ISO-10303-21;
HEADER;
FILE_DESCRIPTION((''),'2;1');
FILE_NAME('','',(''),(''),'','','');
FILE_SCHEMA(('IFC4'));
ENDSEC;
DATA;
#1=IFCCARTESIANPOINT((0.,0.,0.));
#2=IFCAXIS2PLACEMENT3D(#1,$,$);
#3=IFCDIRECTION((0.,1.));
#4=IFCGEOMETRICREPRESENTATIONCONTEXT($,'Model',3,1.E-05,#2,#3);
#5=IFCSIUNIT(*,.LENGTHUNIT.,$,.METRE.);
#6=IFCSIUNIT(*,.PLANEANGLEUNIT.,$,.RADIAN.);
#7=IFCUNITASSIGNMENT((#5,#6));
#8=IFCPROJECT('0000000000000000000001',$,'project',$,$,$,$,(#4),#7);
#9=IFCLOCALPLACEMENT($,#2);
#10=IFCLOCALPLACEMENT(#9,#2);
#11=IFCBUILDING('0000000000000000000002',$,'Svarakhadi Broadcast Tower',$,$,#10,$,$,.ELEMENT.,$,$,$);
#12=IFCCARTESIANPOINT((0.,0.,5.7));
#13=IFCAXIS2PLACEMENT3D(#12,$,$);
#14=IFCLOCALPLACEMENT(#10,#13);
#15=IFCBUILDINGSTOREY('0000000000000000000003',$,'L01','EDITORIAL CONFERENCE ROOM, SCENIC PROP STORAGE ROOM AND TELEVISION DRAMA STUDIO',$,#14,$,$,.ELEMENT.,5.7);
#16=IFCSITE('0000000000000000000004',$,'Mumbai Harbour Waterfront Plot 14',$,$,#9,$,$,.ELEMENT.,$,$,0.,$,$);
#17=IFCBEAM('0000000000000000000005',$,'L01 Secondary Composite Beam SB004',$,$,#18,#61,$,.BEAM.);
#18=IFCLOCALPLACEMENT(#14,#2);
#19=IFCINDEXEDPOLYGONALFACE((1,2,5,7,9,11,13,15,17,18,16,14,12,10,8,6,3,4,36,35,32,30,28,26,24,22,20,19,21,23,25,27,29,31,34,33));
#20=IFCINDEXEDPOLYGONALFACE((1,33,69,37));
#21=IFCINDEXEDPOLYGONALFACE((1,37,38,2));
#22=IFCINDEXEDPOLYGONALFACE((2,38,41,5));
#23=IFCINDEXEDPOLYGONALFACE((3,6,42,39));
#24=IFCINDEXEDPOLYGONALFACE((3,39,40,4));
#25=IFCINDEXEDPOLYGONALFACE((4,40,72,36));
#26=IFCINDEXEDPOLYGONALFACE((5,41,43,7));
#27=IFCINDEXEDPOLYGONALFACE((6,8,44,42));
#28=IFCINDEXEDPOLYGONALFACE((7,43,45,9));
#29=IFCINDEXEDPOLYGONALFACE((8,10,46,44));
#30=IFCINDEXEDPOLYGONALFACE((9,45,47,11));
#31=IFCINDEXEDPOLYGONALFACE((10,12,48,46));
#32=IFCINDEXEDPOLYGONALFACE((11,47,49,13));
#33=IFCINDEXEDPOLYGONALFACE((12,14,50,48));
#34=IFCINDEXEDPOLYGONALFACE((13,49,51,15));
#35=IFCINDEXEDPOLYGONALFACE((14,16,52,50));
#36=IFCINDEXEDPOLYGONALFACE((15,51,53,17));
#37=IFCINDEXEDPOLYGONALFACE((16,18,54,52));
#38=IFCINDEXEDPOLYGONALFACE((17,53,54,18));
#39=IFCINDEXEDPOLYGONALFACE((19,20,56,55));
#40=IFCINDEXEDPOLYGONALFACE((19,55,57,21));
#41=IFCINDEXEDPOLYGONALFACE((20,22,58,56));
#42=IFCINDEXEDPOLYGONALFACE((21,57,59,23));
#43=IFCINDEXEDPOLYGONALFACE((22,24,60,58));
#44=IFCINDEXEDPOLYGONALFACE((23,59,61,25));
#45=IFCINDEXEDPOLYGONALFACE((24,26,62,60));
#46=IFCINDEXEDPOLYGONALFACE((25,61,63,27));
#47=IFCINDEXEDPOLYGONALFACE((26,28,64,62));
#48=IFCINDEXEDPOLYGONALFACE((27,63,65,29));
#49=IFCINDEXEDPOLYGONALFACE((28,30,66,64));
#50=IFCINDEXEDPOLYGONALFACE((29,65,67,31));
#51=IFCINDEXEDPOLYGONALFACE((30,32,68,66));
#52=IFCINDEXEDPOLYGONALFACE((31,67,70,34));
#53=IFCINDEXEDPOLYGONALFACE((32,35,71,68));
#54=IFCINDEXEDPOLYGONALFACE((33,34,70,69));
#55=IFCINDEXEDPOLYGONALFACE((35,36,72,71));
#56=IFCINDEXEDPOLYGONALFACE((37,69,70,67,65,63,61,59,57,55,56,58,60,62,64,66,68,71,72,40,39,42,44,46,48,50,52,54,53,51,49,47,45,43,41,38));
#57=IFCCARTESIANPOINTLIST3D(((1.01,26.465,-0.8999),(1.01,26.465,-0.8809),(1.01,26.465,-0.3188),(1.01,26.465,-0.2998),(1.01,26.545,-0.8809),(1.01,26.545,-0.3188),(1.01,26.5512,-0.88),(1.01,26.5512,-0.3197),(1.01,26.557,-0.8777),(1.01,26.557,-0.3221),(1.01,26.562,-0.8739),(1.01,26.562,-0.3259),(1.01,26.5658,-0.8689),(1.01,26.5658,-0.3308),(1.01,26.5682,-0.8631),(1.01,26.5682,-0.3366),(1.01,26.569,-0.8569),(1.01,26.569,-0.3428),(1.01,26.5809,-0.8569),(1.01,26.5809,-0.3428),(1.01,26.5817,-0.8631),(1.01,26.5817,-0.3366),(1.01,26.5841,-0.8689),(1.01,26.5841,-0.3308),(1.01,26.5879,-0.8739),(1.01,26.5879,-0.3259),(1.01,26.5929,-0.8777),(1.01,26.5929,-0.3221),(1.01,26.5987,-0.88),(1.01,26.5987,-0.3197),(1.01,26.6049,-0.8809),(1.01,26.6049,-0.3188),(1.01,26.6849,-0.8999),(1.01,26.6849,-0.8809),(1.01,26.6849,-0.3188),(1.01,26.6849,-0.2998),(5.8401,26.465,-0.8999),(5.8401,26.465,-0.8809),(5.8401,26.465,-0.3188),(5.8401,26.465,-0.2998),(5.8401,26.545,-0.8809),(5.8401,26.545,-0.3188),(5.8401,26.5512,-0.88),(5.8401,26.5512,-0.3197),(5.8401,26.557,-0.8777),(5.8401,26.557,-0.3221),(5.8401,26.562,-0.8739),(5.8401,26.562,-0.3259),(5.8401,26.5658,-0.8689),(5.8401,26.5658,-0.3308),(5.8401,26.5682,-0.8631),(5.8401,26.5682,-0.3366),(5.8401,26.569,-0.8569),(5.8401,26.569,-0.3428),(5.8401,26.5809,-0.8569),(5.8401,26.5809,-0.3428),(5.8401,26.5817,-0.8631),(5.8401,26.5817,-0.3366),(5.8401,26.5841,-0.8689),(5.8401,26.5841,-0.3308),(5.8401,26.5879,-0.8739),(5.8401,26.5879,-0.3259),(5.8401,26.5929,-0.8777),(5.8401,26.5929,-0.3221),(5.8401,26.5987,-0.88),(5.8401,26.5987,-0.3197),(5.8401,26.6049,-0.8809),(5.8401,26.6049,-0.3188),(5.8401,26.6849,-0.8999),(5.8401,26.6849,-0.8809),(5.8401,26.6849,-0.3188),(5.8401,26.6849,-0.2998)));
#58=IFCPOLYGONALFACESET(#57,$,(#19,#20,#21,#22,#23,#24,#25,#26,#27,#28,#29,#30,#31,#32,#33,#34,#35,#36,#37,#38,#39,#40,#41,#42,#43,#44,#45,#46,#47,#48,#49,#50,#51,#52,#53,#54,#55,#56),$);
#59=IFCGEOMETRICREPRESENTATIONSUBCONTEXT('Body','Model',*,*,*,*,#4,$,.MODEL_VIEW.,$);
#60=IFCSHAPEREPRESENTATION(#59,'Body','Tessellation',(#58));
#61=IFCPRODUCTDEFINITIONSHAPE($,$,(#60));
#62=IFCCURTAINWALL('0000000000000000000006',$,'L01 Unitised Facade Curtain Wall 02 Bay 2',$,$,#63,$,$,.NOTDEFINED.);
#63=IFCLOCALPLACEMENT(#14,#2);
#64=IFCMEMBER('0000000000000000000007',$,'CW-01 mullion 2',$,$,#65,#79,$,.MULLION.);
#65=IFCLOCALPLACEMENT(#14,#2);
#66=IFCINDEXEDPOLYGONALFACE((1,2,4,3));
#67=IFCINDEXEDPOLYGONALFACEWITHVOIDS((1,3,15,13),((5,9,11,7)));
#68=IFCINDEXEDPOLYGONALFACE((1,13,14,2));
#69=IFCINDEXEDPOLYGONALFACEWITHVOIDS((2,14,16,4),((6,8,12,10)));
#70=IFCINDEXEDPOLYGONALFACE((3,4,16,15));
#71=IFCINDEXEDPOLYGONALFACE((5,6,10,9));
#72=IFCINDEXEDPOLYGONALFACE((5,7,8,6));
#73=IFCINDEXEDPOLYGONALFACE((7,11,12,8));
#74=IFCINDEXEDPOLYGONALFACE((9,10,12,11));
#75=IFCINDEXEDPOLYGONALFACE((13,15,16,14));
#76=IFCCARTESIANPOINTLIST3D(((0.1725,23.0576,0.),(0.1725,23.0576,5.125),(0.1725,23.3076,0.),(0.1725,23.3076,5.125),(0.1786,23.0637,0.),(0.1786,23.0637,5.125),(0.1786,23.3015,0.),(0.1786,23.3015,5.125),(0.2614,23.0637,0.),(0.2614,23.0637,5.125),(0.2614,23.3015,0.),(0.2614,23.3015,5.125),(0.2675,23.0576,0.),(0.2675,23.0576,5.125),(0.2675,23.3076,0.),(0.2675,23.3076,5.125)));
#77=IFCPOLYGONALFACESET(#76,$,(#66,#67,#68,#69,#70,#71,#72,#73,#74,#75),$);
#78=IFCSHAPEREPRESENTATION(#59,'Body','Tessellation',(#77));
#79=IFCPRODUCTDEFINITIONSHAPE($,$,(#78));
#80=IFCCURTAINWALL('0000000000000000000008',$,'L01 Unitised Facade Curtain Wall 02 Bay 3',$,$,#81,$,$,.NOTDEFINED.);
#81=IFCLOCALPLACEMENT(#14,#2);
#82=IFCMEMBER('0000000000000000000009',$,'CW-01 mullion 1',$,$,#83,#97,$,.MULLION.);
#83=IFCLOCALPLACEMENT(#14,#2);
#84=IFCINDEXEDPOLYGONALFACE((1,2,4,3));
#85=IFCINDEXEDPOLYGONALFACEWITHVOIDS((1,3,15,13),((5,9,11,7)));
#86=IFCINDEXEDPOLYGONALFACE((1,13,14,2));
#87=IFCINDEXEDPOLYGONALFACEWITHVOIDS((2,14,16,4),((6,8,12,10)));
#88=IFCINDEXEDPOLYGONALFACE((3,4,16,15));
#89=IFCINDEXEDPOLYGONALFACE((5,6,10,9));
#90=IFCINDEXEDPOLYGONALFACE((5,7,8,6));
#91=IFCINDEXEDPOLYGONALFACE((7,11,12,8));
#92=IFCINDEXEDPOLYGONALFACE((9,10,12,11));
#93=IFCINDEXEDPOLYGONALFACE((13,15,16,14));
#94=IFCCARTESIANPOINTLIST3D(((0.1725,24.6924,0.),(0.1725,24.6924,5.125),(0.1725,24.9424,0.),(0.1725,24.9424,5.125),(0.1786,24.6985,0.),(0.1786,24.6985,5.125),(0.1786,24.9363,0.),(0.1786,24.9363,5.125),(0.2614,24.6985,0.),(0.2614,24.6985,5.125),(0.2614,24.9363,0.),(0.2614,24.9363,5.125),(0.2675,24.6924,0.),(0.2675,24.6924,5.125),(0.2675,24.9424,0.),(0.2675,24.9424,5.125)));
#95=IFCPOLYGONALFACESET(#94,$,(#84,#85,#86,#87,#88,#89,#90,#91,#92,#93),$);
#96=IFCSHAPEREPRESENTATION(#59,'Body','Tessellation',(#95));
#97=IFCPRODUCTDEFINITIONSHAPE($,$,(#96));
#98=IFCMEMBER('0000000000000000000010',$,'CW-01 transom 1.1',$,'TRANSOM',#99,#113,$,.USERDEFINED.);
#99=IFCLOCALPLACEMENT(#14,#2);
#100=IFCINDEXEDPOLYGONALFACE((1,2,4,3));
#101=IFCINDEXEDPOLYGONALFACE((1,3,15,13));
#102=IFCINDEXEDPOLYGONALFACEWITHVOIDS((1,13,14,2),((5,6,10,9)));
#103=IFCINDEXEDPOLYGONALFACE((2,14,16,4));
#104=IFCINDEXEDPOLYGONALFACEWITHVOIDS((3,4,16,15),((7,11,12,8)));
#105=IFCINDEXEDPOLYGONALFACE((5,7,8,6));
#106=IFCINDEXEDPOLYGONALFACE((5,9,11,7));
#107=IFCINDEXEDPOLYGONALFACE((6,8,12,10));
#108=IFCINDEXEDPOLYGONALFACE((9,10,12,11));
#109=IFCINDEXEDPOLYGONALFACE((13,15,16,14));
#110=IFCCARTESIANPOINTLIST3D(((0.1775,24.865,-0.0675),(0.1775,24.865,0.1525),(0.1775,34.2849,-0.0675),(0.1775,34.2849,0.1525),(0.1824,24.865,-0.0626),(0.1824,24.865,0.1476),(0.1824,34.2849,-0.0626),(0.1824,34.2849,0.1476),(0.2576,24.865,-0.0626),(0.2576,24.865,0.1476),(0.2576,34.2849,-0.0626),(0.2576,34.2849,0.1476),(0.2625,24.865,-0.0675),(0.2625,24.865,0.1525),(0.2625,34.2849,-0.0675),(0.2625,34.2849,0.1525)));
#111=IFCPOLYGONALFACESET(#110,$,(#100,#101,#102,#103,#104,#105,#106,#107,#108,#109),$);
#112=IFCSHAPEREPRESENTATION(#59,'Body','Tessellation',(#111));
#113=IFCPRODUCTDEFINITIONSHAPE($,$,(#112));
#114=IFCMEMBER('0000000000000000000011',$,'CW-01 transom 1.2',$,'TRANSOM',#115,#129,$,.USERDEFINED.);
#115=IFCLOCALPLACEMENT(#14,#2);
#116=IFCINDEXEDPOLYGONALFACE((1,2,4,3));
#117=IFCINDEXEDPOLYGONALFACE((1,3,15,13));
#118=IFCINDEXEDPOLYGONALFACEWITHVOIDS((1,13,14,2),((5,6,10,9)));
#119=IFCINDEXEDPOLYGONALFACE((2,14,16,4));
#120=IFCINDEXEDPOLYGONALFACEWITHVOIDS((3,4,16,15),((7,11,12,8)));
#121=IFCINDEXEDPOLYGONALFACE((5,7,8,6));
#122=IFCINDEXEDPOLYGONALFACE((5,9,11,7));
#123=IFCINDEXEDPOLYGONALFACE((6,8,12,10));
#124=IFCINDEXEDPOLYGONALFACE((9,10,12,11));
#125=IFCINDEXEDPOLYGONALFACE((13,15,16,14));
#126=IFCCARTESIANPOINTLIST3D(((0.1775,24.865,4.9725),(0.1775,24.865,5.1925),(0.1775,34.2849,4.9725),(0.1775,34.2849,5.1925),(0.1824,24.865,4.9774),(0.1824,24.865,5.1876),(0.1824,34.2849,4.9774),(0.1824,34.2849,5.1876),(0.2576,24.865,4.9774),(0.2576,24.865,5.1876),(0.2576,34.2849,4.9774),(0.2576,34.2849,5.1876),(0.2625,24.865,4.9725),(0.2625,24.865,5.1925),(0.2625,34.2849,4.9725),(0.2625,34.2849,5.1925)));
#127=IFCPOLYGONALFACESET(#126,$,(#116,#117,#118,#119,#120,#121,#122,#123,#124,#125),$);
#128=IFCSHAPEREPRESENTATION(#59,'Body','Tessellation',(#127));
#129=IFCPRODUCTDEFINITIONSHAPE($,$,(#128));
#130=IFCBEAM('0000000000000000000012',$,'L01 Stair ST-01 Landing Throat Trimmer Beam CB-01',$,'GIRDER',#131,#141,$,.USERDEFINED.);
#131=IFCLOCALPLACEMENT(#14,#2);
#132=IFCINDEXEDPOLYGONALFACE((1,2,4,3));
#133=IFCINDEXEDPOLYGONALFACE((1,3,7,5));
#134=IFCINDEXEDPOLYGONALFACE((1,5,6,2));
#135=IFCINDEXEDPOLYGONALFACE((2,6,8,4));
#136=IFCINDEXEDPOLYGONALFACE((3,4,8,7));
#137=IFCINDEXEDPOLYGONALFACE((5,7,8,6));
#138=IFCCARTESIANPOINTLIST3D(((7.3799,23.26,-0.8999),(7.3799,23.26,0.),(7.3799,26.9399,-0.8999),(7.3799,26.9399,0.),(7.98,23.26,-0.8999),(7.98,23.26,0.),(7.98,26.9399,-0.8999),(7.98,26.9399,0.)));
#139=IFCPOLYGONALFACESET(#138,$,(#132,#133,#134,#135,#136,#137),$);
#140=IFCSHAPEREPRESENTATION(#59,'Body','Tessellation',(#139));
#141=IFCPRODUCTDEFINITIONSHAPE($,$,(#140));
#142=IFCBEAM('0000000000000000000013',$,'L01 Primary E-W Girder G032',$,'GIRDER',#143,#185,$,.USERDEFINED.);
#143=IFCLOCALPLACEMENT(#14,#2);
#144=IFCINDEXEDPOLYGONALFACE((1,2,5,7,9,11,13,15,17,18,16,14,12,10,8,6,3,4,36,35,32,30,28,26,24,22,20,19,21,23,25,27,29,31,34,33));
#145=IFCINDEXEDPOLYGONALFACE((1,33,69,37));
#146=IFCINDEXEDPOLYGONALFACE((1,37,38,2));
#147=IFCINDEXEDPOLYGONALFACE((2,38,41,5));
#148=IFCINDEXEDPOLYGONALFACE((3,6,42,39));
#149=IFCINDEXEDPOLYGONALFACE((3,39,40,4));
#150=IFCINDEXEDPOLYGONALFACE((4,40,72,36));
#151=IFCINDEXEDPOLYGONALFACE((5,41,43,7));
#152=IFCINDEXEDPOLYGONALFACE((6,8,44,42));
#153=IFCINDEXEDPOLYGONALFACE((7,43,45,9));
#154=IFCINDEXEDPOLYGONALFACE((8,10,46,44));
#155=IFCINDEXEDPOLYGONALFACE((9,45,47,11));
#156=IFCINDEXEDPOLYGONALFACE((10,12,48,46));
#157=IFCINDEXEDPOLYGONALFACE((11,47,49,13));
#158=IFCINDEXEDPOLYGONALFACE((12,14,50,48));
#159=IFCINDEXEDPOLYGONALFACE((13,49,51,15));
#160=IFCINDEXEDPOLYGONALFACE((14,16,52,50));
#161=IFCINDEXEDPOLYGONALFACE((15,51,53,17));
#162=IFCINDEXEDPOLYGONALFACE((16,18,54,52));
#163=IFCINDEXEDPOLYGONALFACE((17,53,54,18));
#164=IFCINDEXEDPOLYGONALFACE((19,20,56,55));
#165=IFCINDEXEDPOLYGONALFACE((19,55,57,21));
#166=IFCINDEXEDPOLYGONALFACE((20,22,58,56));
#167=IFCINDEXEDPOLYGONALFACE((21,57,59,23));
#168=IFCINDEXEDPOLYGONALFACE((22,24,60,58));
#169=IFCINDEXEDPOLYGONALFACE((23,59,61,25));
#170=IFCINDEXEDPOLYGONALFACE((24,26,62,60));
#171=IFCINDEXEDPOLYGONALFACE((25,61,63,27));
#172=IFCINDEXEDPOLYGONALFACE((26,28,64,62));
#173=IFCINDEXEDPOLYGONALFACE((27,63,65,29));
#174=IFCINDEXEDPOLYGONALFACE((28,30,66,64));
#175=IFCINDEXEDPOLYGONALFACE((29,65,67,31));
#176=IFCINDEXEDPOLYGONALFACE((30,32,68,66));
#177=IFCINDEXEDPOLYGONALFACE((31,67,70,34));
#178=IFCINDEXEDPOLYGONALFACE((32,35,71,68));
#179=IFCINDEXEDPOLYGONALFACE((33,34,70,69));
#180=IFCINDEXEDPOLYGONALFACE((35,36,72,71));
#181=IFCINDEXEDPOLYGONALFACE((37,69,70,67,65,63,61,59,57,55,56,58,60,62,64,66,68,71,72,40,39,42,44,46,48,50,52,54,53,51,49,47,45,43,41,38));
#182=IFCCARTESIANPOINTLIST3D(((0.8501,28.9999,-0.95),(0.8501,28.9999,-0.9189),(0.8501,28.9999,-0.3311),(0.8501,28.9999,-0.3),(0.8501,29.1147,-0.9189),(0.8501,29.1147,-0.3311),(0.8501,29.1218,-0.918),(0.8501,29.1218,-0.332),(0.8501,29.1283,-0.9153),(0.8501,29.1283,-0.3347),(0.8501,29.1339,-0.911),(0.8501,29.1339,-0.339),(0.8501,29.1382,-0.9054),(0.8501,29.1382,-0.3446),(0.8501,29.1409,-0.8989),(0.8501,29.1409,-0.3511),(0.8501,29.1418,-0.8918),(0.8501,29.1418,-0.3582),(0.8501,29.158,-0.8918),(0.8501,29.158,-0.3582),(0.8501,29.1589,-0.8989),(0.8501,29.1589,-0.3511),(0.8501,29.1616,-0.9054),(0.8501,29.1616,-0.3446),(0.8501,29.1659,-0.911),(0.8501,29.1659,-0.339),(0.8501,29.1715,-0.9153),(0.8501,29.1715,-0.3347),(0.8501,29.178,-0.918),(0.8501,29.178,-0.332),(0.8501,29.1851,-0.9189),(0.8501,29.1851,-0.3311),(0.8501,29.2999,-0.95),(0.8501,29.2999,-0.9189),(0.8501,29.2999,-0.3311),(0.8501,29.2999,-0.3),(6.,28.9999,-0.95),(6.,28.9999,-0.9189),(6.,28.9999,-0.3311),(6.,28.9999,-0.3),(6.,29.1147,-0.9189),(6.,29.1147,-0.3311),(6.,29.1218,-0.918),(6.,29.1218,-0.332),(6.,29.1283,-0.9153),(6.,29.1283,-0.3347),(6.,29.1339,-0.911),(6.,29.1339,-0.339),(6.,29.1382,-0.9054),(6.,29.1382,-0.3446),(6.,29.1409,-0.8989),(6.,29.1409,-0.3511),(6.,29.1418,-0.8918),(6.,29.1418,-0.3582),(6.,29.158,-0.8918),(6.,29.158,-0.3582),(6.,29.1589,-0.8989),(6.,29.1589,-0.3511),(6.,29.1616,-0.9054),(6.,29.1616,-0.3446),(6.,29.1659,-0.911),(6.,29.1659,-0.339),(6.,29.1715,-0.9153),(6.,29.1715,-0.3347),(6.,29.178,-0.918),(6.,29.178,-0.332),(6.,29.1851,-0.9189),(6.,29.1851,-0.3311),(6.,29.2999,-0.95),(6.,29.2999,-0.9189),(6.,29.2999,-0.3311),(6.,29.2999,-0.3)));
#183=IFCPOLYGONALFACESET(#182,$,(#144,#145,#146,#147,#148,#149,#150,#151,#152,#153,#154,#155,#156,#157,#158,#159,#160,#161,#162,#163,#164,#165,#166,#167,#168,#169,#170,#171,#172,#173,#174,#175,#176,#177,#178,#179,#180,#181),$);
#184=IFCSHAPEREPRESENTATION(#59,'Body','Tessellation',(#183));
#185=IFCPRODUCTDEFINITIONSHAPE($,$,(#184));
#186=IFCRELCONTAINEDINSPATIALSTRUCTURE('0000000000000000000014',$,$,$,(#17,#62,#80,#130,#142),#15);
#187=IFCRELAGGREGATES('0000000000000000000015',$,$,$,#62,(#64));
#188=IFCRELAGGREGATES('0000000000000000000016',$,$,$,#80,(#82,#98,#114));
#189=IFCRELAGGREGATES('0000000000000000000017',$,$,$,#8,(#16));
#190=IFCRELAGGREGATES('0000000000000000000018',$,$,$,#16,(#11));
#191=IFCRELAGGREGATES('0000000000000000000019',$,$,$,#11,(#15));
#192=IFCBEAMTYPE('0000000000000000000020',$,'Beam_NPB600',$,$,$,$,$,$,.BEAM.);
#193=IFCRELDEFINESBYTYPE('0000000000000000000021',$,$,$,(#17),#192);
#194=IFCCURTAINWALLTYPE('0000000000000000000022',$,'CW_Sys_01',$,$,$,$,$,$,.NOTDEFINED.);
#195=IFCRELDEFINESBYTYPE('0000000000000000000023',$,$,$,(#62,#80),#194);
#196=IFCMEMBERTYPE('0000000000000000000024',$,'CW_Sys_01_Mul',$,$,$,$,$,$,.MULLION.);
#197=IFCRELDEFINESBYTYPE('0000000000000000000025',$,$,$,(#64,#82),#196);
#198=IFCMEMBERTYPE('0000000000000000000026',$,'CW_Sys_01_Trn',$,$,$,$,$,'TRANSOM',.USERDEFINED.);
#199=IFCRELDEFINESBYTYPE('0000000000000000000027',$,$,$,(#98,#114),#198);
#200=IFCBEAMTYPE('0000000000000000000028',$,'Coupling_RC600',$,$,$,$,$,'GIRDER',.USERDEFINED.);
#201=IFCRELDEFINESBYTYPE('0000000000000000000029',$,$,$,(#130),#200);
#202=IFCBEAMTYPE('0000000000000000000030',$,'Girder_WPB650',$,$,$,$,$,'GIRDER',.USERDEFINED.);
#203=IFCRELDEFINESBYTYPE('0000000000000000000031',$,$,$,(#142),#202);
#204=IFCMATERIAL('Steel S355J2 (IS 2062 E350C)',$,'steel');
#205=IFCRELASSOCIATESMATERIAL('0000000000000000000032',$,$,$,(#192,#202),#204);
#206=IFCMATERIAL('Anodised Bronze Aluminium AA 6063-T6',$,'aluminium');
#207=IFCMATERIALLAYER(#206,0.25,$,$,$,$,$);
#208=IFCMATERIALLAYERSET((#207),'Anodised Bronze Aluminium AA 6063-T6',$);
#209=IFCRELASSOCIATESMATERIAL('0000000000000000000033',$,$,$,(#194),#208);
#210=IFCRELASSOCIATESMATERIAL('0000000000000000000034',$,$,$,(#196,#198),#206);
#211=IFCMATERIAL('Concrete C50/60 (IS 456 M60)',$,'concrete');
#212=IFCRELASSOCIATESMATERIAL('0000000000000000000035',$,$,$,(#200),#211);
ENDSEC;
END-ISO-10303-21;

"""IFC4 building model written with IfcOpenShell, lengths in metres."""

from ifc_helpers import new_model, si_unit, direction, frame, origin, origin_2d, place, context, subcontext, project, spatial, rectangle, hollow_rectangle, i_section, extrude, material, layer, layer_set, material_profile, profile_set, type_object, element, aggregate, save


model = new_model("IFC4")

# Units and contexts
model_context = context("Model", 3, precision=1e-05, world=origin(), true_north=direction((0.0, 1.0)))
body_context = subcontext(model_context, "Body", "Model", "MODEL_VIEW")
ifc_project = project(units=[si_unit("LENGTHUNIT", "METRE"), si_unit("PLANEANGLEUNIT", "RADIAN")], contexts=[model_context])

# Site, building, storey
site_placement = place(None, origin())
site = spatial("IfcSite", under=ifc_project, at=site_placement, Name="Mumbai Harbour Waterfront Plot 14", CompositionType="ELEMENT", RefElevation=0.0)
building_placement = place(site_placement, origin())
building = spatial("IfcBuilding", under=site, at=building_placement, Name="Svarakhadi Broadcast Tower", CompositionType="ELEMENT")
storey_placement = place(building_placement, frame((0.0, 0.0, 5.7)))
storey = spatial("IfcBuildingStorey", under=building, at=storey_placement, Name="L01", Description="EDITORIAL CONFERENCE ROOM, SCENIC PROP STORAGE ROOM AND TELEVISION DRAMA STUDIO", CompositionType="ELEMENT", Elevation=5.7)

# Beam
ifc_material_1 = material(Name="Steel S355J2 (IS 2062 E350C)", Category="steel")
ifc_material_profile_1 = material_profile(ifc_material_1, i_section(OverallWidth=0.22, OverallDepth=0.6001, WebThickness=0.012, FlangeThickness=0.019, FilletRadius=0.0239, at=origin_2d()), Name="NPB 600x220x122")
ifc_profile_set_1 = profile_set([ifc_material_profile_1], Name="Steel S355J2 (IS 2062 E350C)")
beam_type_1 = type_object("IfcBeamType", Name="Beam_NPB600", PredefinedType="BEAM", material=ifc_profile_set_1)
for number, where, z_axis, x_axis, name in (
    (1, (1.01, 26.575, -0.5999), (1.0, 0.0, 0.0), (0.0, 1.0, 0.0), "L01 Secondary Composite Beam SB004"),
):
    element("IfcBeam", number, at=place(storey_placement, frame(where, z_axis=z_axis, x_axis=x_axis)), inside=storey, type_object=beam_type_1, Name=name, PredefinedType="BEAM", context=body_context, shape_type="SweptSolid", body=[
        extrude(i_section(OverallWidth=0.22, OverallDepth=0.6001, WebThickness=0.012, FlangeThickness=0.019, FilletRadius=0.0239, at=origin_2d()), origin(), (0.0, 0.0, 1.0), 4.8301),
    ])

# Curtain wall, member
ifc_material_2 = material(Name="Anodised Bronze Aluminium AA 6063-T6", Category="aluminium")
ifc_layer_1 = layer(ifc_material_2, 0.25)
ifc_layer_set_1 = layer_set([ifc_layer_1], Name="Anodised Bronze Aluminium AA 6063-T6")
curtain_wall_type = type_object("IfcCurtainWallType", Name="CW_Sys_01", PredefinedType="NOTDEFINED", material=ifc_layer_set_1)
curtain_wall_1_placement = place(storey_placement, origin())
curtain_wall_1 = element("IfcCurtainWall", 2, at=curtain_wall_1_placement, inside=storey, type_object=curtain_wall_type, Name="L01 Unitised Facade Curtain Wall 02 Bay 2", PredefinedType="NOTDEFINED")
ifc_material_profile_2 = material_profile(ifc_material_2, hollow_rectangle(XDim=0.095, YDim=0.25, WallThickness=0.0061, at=origin_2d()), Name="ALU MULLION 250x95x6")
ifc_profile_set_2 = profile_set([ifc_material_profile_2], Name="Anodised Bronze Aluminium AA 6063-T6")
member_type_1 = type_object("IfcMemberType", Name="CW_Sys_01_Mul", PredefinedType="MULLION", material=ifc_profile_set_2)
member_1_placement = place(storey_placement, frame((0.22, 23.1826, 0.0), z_axis=(0.0, 0.0, 1.0), x_axis=(-1.0, 0.0, 0.0)))
member_1 = element("IfcMember", 3, at=member_1_placement, type_object=member_type_1, Name="CW-01 mullion 2", PredefinedType="MULLION", context=body_context, shape_type="SweptSolid", body=[
    extrude(hollow_rectangle(XDim=0.095, YDim=0.25, WallThickness=0.0061, at=origin_2d()), origin(), (0.0, 0.0, 1.0), 5.125),
])
aggregate(curtain_wall_1, [member_1])

# Curtain wall, members
curtain_wall_2_placement = place(storey_placement, origin())
curtain_wall_2 = element("IfcCurtainWall", 4, at=curtain_wall_2_placement, inside=storey, type_object=curtain_wall_type, Name="L01 Unitised Facade Curtain Wall 02 Bay 3", PredefinedType="NOTDEFINED")
member_2_placement = place(storey_placement, frame((0.22, 24.8174, 0.0), z_axis=(0.0, 0.0, 1.0), x_axis=(-1.0, 0.0, 0.0)))
member_2 = element("IfcMember", 5, at=member_2_placement, type_object=member_type_1, Name="CW-01 mullion 1", PredefinedType="MULLION", context=body_context, shape_type="SweptSolid", body=[
    extrude(hollow_rectangle(XDim=0.095, YDim=0.25, WallThickness=0.0061, at=origin_2d()), origin(), (0.0, 0.0, 1.0), 5.125),
])
ifc_material_profile_3 = material_profile(ifc_material_2, hollow_rectangle(XDim=0.085, YDim=0.22, WallThickness=0.0049, at=origin_2d()), Name="ALU TRANSOM 220x85x5")
ifc_profile_set_3 = profile_set([ifc_material_profile_3], Name="Anodised Bronze Aluminium AA 6063-T6")
member_type_2 = type_object("IfcMemberType", Name="CW_Sys_01_Trn", ElementType="TRANSOM", PredefinedType="USERDEFINED", material=ifc_profile_set_3)
member_3_placement = place(storey_placement, frame((0.22, 24.865, 0.0425), z_axis=(0.0, 1.0, 0.0), x_axis=(-1.0, 0.0, 0.0)))
member_3 = element("IfcMember", 6, at=member_3_placement, type_object=member_type_2, Name="CW-01 transom 1.1", ObjectType="TRANSOM", PredefinedType="USERDEFINED", context=body_context, shape_type="SweptSolid", body=[
    extrude(hollow_rectangle(XDim=0.085, YDim=0.22, WallThickness=0.0049, at=origin_2d()), origin(), (0.0, 0.0, 1.0), 9.4199),
])
member_4_placement = place(storey_placement, frame((0.22, 24.865, 5.0825), z_axis=(0.0, 1.0, 0.0), x_axis=(-1.0, 0.0, 0.0)))
member_4 = element("IfcMember", 7, at=member_4_placement, type_object=member_type_2, Name="CW-01 transom 1.2", ObjectType="TRANSOM", PredefinedType="USERDEFINED", context=body_context, shape_type="SweptSolid", body=[
    extrude(hollow_rectangle(XDim=0.085, YDim=0.22, WallThickness=0.0049, at=origin_2d()), origin(), (0.0, 0.0, 1.0), 9.4199),
])
aggregate(curtain_wall_2, [member_2, member_3, member_4])

# Beams
ifc_material_3 = material(Name="Concrete C50/60 (IS 456 M60)", Category="concrete")
ifc_material_profile_4 = material_profile(ifc_material_3, rectangle(XDim=0.6001, YDim=0.8999, at=origin_2d()), Name="RC 600x900")
ifc_profile_set_4 = profile_set([ifc_material_profile_4], Name="Concrete C50/60 (IS 456 M60)")
beam_type_2 = type_object("IfcBeamType", Name="Coupling_RC600", ElementType="GIRDER", PredefinedType="USERDEFINED", material=ifc_profile_set_4)
beam_1_placement = place(storey_placement, frame((7.6799, 23.26, -0.45), z_axis=(0.0, 1.0, 0.0), x_axis=(-1.0, 0.0, 0.0)))
element("IfcBeam", 8, at=beam_1_placement, inside=storey, type_object=beam_type_2, Name="L01 Stair ST-01 Landing Throat Trimmer Beam CB-01", ObjectType="GIRDER", PredefinedType="USERDEFINED", context=body_context, shape_type="SweptSolid", body=[
    extrude(rectangle(XDim=0.6001, YDim=0.8999, at=origin_2d()), origin(), (0.0, 0.0, 1.0), 3.6799),
])
ifc_material_profile_5 = material_profile(ifc_material_1, i_section(OverallWidth=0.3, OverallDepth=0.6499, WebThickness=0.0161, FlangeThickness=0.031, FilletRadius=0.0271, at=origin_2d()), Name="WPB 650x300x225")
ifc_profile_set_5 = profile_set([ifc_material_profile_5], Name="Steel S355J2 (IS 2062 E350C)")
beam_type_3 = type_object("IfcBeamType", Name="Girder_WPB650", ElementType="GIRDER", PredefinedType="USERDEFINED", material=ifc_profile_set_5)
for number, where, z_axis, x_axis, name in (
    (9, (0.8501, 29.1499, -0.625), (1.0, 0.0, 0.0), (0.0, 1.0, 0.0), "L01 Primary E-W Girder G032"),
):
    element("IfcBeam", number, at=place(storey_placement, frame(where, z_axis=z_axis, x_axis=x_axis)), inside=storey, type_object=beam_type_3, Name=name, ObjectType="GIRDER", PredefinedType="USERDEFINED", context=body_context, shape_type="SweptSolid", body=[
        extrude(i_section(OverallWidth=0.3, OverallDepth=0.6499, WebThickness=0.0161, FlangeThickness=0.031, FilletRadius=0.0271, at=origin_2d()), origin(), (0.0, 0.0, 1.0), 5.1499),
    ])

save(model, "model.ifc")
